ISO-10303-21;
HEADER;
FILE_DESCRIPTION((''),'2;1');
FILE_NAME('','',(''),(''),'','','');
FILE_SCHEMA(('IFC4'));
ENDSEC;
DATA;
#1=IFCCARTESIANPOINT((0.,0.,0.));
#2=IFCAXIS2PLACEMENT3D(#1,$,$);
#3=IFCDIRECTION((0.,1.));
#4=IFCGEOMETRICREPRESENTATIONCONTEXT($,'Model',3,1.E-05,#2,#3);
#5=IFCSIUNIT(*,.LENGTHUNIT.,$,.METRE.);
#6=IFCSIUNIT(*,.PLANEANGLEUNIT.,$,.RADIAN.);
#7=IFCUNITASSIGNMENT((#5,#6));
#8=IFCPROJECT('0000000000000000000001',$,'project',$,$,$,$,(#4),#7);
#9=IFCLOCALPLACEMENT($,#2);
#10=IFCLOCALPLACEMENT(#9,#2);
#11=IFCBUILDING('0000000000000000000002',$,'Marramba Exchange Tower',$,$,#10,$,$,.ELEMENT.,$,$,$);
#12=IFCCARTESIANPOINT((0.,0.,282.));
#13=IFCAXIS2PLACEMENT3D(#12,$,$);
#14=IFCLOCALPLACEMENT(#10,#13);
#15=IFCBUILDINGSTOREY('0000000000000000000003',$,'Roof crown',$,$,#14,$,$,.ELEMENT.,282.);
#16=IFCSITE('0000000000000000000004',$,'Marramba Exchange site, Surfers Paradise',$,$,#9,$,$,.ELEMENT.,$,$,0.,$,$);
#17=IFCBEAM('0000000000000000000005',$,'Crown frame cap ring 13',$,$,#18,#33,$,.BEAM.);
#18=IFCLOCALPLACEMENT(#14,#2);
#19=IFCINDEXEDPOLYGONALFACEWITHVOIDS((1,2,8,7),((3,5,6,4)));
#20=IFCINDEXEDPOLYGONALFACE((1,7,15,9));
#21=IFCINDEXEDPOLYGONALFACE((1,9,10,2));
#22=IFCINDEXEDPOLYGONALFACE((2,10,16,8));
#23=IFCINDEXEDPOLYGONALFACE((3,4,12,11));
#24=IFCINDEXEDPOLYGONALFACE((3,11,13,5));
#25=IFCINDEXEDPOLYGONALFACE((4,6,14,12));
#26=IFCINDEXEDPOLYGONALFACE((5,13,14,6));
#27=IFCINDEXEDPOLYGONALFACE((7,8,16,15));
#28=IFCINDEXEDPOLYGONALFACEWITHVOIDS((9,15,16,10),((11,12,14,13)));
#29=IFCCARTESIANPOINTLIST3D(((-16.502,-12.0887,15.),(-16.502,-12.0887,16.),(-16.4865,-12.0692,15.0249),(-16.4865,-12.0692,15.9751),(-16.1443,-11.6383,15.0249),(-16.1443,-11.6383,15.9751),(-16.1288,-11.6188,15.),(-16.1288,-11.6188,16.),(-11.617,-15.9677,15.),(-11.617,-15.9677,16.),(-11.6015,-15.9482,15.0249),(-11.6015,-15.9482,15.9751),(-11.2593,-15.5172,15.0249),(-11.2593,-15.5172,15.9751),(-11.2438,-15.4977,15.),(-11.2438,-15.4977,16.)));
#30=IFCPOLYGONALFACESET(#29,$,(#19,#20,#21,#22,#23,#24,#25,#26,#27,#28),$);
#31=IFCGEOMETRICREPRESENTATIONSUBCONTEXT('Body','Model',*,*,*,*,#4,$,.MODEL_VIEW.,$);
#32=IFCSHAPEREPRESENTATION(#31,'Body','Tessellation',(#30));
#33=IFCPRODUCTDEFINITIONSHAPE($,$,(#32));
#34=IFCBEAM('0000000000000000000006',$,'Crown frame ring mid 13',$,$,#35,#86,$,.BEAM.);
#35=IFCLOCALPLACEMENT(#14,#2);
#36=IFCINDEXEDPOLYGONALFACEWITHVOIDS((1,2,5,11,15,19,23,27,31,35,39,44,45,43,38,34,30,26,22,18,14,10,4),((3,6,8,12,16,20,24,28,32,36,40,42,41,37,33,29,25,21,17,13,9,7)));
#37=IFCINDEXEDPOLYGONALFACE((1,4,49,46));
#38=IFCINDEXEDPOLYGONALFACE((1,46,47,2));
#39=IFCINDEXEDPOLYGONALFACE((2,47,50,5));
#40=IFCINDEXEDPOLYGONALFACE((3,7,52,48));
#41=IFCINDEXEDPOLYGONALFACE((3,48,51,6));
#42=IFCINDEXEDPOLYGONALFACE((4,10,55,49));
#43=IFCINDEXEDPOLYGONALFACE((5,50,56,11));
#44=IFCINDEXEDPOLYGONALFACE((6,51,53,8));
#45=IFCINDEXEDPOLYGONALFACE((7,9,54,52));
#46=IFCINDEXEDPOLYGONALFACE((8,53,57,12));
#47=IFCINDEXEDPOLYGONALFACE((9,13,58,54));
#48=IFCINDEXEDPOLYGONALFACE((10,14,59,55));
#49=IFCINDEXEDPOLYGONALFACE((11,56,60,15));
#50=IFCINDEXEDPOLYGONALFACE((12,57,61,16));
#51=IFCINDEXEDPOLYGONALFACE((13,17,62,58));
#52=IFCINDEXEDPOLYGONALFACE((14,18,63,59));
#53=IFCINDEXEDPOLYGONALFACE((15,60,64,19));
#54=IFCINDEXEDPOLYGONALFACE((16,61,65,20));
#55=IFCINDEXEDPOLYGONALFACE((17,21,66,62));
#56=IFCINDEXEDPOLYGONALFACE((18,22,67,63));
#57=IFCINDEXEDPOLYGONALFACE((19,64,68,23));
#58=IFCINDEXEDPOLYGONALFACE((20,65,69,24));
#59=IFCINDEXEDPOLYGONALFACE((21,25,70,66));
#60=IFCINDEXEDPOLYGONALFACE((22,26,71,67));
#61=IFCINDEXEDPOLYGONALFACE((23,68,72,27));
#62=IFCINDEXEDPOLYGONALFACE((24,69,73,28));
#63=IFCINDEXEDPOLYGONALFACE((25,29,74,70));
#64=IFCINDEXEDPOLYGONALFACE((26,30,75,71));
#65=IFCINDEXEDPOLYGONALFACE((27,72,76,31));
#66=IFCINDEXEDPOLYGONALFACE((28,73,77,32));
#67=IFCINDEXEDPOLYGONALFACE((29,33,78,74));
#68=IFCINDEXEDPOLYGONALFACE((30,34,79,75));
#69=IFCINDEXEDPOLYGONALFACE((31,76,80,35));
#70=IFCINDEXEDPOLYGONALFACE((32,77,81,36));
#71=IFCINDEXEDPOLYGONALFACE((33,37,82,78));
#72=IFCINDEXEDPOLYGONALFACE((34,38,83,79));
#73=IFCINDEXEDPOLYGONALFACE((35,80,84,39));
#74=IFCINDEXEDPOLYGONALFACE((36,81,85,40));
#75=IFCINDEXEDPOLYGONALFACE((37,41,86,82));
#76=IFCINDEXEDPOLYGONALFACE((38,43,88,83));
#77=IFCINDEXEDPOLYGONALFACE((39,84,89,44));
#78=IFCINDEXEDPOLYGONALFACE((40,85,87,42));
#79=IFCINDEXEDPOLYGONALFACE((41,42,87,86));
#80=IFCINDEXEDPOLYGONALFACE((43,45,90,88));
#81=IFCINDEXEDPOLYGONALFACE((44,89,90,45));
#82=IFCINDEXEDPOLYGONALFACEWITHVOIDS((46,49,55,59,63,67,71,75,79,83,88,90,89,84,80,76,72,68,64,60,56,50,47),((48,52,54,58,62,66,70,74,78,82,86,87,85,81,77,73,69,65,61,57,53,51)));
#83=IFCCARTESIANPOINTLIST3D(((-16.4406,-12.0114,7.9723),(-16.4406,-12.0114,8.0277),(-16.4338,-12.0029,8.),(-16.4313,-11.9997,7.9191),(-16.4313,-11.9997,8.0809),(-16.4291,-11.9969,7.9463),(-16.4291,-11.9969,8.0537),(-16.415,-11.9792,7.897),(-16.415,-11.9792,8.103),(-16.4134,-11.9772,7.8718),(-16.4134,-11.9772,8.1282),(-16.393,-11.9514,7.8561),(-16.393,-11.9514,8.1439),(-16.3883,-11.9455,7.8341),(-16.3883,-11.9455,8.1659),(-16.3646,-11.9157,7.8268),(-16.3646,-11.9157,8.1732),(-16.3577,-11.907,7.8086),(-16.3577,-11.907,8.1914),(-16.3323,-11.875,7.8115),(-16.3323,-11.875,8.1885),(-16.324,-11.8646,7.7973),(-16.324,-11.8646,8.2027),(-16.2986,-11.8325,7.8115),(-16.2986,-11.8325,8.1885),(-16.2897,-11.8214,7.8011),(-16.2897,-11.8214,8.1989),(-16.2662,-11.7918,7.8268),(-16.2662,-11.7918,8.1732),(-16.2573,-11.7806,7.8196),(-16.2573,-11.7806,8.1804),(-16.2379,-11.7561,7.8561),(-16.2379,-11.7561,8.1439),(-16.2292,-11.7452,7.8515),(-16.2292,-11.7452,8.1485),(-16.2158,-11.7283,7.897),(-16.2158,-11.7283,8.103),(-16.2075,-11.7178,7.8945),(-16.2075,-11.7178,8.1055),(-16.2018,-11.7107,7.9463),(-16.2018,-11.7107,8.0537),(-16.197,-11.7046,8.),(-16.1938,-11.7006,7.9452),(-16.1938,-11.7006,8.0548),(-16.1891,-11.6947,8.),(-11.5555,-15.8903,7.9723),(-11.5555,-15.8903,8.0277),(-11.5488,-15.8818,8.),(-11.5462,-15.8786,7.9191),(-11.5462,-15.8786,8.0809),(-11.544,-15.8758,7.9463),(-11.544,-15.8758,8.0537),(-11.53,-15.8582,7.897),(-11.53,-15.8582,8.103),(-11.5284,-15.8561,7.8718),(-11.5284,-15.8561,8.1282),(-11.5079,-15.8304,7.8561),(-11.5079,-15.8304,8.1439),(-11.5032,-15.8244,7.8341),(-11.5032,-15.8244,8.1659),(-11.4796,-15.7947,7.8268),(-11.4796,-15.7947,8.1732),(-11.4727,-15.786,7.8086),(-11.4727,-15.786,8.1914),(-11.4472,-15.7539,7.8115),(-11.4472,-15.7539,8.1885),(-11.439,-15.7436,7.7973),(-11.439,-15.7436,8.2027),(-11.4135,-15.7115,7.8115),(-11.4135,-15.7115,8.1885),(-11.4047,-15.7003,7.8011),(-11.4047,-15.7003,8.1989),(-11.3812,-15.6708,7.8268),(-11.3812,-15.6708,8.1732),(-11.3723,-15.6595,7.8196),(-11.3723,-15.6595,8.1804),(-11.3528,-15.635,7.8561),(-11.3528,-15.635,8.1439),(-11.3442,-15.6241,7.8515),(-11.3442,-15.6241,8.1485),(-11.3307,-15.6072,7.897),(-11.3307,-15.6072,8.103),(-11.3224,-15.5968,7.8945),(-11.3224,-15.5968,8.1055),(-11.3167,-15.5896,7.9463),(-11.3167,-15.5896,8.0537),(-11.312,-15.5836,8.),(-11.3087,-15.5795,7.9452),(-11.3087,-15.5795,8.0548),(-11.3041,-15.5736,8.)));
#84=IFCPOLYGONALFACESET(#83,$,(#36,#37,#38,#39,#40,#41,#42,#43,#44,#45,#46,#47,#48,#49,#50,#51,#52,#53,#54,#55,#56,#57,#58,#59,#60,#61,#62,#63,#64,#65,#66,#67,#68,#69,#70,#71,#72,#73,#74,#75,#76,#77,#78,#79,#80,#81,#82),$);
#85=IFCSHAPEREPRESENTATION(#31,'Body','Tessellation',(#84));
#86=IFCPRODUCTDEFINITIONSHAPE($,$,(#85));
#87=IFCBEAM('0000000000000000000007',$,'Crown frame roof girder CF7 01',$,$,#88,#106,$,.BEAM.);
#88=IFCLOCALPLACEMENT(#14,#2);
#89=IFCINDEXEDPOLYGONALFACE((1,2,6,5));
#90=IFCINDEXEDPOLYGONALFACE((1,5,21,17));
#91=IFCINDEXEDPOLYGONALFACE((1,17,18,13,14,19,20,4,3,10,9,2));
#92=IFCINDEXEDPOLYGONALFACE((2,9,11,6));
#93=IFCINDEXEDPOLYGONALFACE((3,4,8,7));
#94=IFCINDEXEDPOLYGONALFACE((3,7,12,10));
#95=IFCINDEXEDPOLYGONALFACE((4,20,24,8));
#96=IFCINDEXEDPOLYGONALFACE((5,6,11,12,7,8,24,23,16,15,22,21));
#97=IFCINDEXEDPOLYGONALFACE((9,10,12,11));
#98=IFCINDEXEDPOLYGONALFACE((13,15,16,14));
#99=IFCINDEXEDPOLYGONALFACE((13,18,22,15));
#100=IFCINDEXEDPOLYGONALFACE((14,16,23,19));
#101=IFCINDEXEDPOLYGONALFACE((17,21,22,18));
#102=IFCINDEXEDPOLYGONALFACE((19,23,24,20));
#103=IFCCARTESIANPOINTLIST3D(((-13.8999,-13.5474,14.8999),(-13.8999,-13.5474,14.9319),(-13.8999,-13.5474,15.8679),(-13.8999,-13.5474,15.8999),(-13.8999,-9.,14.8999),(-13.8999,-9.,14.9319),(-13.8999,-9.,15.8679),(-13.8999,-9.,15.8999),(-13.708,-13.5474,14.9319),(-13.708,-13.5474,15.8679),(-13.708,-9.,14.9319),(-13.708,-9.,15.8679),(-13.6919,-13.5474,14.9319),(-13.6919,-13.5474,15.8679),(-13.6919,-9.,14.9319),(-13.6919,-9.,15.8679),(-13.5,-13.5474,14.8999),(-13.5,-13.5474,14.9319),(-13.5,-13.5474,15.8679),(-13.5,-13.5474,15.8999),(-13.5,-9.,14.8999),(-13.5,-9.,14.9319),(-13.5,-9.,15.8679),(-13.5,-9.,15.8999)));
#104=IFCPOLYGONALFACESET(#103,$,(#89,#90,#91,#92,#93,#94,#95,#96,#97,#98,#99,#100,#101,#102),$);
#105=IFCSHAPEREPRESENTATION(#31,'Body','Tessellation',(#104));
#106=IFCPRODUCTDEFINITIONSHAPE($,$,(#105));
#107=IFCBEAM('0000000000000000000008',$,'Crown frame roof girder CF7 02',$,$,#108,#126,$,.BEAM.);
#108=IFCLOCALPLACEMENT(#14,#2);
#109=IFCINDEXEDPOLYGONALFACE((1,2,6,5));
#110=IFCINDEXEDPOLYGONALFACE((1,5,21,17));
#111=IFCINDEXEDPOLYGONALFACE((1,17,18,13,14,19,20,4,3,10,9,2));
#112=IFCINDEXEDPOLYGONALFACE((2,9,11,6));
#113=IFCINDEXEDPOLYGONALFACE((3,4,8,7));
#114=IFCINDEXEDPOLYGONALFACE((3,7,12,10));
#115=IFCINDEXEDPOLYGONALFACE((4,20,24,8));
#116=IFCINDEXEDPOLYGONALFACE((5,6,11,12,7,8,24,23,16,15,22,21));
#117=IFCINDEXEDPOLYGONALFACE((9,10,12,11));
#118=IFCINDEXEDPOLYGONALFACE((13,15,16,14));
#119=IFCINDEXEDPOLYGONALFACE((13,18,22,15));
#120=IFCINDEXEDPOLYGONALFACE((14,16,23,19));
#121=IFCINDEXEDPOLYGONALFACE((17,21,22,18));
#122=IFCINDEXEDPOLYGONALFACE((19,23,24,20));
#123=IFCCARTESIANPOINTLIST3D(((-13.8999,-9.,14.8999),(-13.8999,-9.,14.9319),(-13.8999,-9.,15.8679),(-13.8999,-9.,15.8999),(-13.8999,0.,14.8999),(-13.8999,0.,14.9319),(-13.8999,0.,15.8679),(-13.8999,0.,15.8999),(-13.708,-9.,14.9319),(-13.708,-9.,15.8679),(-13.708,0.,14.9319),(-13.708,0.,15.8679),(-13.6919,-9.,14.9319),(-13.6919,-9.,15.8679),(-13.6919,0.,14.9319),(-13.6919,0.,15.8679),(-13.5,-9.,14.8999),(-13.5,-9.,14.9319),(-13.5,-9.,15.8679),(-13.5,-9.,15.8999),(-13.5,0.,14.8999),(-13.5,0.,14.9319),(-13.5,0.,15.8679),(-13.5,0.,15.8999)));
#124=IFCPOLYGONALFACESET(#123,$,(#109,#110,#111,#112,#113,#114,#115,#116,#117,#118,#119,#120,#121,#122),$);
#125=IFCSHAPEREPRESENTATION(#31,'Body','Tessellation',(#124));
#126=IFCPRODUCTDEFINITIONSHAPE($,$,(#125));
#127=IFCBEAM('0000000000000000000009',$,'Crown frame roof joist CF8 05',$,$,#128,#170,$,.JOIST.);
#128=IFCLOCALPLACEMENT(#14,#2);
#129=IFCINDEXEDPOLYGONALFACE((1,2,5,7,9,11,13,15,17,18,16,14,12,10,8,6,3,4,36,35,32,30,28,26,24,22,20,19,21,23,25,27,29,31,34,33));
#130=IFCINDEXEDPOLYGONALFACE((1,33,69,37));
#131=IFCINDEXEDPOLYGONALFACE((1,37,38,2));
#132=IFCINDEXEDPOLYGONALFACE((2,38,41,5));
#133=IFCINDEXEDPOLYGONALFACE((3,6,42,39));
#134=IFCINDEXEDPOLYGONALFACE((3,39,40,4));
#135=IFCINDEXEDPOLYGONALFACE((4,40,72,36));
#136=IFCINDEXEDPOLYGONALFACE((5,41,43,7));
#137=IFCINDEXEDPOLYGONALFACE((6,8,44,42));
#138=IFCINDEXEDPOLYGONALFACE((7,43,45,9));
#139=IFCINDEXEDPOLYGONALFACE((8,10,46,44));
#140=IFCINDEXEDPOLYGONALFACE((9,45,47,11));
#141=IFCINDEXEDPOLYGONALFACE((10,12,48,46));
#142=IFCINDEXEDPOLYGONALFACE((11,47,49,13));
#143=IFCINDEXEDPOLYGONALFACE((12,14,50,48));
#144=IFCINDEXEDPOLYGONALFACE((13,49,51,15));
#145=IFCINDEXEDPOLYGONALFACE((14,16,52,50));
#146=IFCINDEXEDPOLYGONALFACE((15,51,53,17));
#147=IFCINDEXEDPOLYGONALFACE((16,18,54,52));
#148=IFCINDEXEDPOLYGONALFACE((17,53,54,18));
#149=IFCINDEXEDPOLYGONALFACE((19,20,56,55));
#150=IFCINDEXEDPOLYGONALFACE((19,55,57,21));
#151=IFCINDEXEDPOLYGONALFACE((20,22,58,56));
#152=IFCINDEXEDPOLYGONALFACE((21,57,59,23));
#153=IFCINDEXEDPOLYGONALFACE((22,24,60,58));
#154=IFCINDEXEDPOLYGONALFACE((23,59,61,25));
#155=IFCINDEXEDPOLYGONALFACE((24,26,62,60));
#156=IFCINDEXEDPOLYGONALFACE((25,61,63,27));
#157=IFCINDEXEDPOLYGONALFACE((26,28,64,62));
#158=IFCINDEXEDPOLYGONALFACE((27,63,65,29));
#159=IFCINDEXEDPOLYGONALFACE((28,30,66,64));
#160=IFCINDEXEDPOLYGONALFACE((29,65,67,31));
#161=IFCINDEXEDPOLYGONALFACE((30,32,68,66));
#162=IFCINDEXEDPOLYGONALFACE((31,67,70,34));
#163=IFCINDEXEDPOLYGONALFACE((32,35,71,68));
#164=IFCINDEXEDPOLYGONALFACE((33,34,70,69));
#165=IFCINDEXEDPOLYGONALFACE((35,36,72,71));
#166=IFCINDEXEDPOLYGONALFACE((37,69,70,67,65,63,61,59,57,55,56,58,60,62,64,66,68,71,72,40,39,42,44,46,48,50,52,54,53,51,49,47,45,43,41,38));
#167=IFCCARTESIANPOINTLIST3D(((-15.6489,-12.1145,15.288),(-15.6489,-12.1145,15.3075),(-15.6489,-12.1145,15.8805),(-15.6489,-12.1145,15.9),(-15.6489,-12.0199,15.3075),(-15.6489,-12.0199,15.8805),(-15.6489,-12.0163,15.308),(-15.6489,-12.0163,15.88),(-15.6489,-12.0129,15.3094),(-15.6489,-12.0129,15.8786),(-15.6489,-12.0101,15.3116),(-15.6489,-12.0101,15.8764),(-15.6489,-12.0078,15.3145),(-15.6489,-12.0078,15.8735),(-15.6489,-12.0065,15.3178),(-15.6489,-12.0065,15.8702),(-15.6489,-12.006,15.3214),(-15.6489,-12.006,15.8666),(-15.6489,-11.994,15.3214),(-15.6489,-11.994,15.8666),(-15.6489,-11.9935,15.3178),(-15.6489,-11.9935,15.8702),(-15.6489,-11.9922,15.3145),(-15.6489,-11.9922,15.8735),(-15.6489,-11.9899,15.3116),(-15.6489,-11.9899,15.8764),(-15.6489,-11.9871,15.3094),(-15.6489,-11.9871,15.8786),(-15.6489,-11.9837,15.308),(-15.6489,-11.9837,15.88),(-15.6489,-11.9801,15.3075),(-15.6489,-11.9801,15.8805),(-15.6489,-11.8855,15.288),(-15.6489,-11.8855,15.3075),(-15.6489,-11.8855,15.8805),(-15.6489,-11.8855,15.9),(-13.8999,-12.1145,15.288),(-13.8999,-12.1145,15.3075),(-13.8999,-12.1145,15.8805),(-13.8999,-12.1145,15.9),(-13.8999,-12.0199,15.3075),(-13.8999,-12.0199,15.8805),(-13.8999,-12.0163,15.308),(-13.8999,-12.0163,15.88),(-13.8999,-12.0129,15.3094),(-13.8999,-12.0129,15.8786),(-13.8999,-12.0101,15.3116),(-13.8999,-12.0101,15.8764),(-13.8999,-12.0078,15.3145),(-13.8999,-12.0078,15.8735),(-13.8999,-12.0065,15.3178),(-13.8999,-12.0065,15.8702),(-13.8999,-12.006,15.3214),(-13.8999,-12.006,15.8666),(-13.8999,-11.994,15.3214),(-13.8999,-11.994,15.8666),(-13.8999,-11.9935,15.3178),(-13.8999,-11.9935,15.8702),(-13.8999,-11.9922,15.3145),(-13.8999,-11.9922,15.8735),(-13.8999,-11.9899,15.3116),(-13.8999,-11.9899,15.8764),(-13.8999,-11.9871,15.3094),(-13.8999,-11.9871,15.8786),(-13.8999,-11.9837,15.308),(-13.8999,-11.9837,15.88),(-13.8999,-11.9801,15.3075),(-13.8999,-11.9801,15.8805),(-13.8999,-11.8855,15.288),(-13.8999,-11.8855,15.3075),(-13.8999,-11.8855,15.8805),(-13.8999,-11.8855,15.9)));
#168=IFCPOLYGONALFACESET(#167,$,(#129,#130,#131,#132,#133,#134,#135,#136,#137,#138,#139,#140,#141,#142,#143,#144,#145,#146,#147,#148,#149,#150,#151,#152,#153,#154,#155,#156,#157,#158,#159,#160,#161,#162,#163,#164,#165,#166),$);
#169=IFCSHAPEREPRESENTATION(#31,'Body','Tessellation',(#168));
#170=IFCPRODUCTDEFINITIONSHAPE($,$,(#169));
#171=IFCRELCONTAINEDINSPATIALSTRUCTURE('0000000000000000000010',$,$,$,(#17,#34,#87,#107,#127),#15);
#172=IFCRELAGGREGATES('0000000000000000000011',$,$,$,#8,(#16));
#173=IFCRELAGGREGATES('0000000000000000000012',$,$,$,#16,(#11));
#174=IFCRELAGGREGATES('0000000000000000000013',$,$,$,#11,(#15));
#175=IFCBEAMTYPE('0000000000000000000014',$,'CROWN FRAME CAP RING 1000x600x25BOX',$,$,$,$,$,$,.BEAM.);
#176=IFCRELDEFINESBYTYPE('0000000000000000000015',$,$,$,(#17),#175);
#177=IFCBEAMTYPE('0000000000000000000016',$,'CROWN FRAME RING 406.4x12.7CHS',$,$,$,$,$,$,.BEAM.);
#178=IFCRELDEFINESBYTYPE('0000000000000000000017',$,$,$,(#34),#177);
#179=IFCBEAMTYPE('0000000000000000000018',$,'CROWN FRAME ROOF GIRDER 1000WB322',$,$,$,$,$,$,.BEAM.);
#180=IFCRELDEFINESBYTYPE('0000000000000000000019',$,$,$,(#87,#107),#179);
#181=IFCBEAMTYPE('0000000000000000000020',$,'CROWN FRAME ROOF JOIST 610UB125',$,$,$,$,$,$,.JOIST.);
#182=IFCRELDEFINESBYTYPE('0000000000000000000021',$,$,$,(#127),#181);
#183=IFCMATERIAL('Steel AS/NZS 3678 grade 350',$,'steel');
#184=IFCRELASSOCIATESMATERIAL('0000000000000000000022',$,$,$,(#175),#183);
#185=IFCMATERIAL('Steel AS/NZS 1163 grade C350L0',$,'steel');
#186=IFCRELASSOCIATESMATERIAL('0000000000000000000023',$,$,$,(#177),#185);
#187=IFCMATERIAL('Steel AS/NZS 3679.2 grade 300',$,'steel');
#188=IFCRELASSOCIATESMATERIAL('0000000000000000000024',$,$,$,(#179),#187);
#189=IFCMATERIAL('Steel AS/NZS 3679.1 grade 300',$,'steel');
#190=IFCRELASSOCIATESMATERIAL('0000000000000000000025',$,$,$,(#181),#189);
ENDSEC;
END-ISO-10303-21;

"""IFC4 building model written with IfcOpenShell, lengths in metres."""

from ifc_helpers import new_model, si_unit, direction, frame, origin, origin_2d, place, context, subcontext, project, spatial, hollow_rectangle, hollow_circle, i_section, extrude, material, material_profile, profile_set, type_object, element, save


model = new_model("IFC4")

# Units and contexts
model_context = context("Model", 3, precision=1e-05, world=origin(), true_north=direction((0.0, 1.0)))
body_context = subcontext(model_context, "Body", "Model", "MODEL_VIEW")
ifc_project = project(units=[si_unit("LENGTHUNIT", "METRE"), si_unit("PLANEANGLEUNIT", "RADIAN")], contexts=[model_context])

# Site, building, storey
site_placement = place(None, origin())
site = spatial("IfcSite", under=ifc_project, at=site_placement, Name="Marramba Exchange site, Surfers Paradise", CompositionType="ELEMENT", RefElevation=0.0)
building_placement = place(site_placement, origin())
building = spatial("IfcBuilding", under=site, at=building_placement, Name="Marramba Exchange Tower", CompositionType="ELEMENT")
storey_placement = place(building_placement, frame((0.0, 0.0, 282.0)))
storey = spatial("IfcBuildingStorey", under=building, at=storey_placement, Name="Roof crown", CompositionType="ELEMENT", Elevation=282.0)

# Beams
ifc_material_1 = material(Name="Steel AS/NZS 3678 grade 350", Category="steel")
ifc_material_profile_1 = material_profile(ifc_material_1, hollow_rectangle(XDim=0.6001, YDim=1.0, WallThickness=0.0249, at=origin_2d()), Name="1000x600x25BOX")
ifc_profile_set_1 = profile_set([ifc_material_profile_1], Name="Steel AS/NZS 3678 grade 350")
beam_type_1 = type_object("IfcBeamType", Name="CROWN FRAME CAP RING 1000x600x25BOX", PredefinedType="BEAM", material=ifc_profile_set_1)
beam_1_placement = place(storey_placement, frame((-16.3154, -11.8538, 15.5), z_axis=(0.783139, -0.621846, 0.0), x_axis=(0.621846, 0.783139, 0.0)))
element("IfcBeam", 1, at=beam_1_placement, inside=storey, type_object=beam_type_1, Name="Crown frame cap ring 13", PredefinedType="BEAM", context=body_context, shape_type="SweptSolid", body=[
    extrude(hollow_rectangle(XDim=0.6001, YDim=1.0, WallThickness=0.0249, at=origin_2d()), origin(), (0.0, 0.0, 1.0), 6.2378),
])
ifc_material_2 = material(Name="Steel AS/NZS 1163 grade C350L0", Category="steel")
ifc_material_profile_2 = material_profile(ifc_material_2, hollow_circle(Radius=0.2031, WallThickness=0.0127, at=origin_2d()), Name="406.4x12.7CHS")
ifc_profile_set_2 = profile_set([ifc_material_profile_2], Name="Steel AS/NZS 1163 grade C350L0")
beam_type_2 = type_object("IfcBeamType", Name="CROWN FRAME RING 406.4x12.7CHS", PredefinedType="BEAM", material=ifc_profile_set_2)
beam_2_placement = place(storey_placement, frame((-16.3154, -11.8538, 8.0), z_axis=(0.783139, -0.621846, 0.0), x_axis=(0.621846, 0.783139, 0.0)))
element("IfcBeam", 2, at=beam_2_placement, inside=storey, type_object=beam_type_2, Name="Crown frame ring mid 13", PredefinedType="BEAM", context=body_context, shape_type="SweptSolid", body=[
    extrude(hollow_circle(Radius=0.2031, WallThickness=0.0127, at=origin_2d()), origin(), (0.0, 0.0, 1.0), 6.2378),
])
ifc_material_3 = material(Name="Steel AS/NZS 3679.2 grade 300", Category="steel")
ifc_material_profile_3 = material_profile(ifc_material_3, i_section(OverallWidth=0.3999, OverallDepth=1.0, WebThickness=0.0161, FlangeThickness=0.032, at=origin_2d()), Name="1000WB322")
ifc_profile_set_3 = profile_set([ifc_material_profile_3], Name="Steel AS/NZS 3679.2 grade 300")
beam_type_3 = type_object("IfcBeamType", Name="CROWN FRAME ROOF GIRDER 1000WB322", PredefinedType="BEAM", material=ifc_profile_set_3)
beam_3_placement = place(storey_placement, frame((-13.7, -13.5474, 15.3999), z_axis=(0.0, 1.0, 0.0), x_axis=(-1.0, 0.0, 0.0)))
element("IfcBeam", 3, at=beam_3_placement, inside=storey, type_object=beam_type_3, Name="Crown frame roof girder CF7 01", PredefinedType="BEAM", context=body_context, shape_type="SweptSolid", body=[
    extrude(i_section(OverallWidth=0.3999, OverallDepth=1.0, WebThickness=0.0161, FlangeThickness=0.032, at=origin_2d()), origin(), (0.0, 0.0, 1.0), 4.5474),
])
beam_4_placement = place(storey_placement, frame((-13.7, -9.0, 15.3999), z_axis=(0.0, 1.0, 0.0), x_axis=(-1.0, 0.0, 0.0)))
element("IfcBeam", 4, at=beam_4_placement, inside=storey, type_object=beam_type_3, Name="Crown frame roof girder CF7 02", PredefinedType="BEAM", context=body_context, shape_type="SweptSolid", body=[
    extrude(i_section(OverallWidth=0.3999, OverallDepth=1.0, WebThickness=0.0161, FlangeThickness=0.032, at=origin_2d()), origin(), (0.0, 0.0, 1.0), 9.0),
])
ifc_material_4 = material(Name="Steel AS/NZS 3679.1 grade 300", Category="steel")
ifc_material_profile_4 = material_profile(ifc_material_4, i_section(OverallWidth=0.229, OverallDepth=0.6121, WebThickness=0.012, FlangeThickness=0.0195, FilletRadius=0.0139, at=origin_2d()), Name="610UB125")
ifc_profile_set_4 = profile_set([ifc_material_profile_4], Name="Steel AS/NZS 3679.1 grade 300")
beam_type_4 = type_object("IfcBeamType", Name="CROWN FRAME ROOF JOIST 610UB125", PredefinedType="JOIST", material=ifc_profile_set_4)
beam_5_placement = place(storey_placement, frame((-15.6489, -12.0, 15.594), z_axis=(1.0, 0.0, 0.0), x_axis=(0.0, 1.0, 0.0)))
element("IfcBeam", 5, at=beam_5_placement, inside=storey, type_object=beam_type_4, Name="Crown frame roof joist CF8 05", PredefinedType="JOIST", context=body_context, shape_type="SweptSolid", body=[
    extrude(i_section(OverallWidth=0.229, OverallDepth=0.6121, WebThickness=0.012, FlangeThickness=0.0195, FilletRadius=0.0139, at=origin_2d()), origin(), (0.0, 0.0, 1.0), 1.749),
])

save(model, "model.ifc")
